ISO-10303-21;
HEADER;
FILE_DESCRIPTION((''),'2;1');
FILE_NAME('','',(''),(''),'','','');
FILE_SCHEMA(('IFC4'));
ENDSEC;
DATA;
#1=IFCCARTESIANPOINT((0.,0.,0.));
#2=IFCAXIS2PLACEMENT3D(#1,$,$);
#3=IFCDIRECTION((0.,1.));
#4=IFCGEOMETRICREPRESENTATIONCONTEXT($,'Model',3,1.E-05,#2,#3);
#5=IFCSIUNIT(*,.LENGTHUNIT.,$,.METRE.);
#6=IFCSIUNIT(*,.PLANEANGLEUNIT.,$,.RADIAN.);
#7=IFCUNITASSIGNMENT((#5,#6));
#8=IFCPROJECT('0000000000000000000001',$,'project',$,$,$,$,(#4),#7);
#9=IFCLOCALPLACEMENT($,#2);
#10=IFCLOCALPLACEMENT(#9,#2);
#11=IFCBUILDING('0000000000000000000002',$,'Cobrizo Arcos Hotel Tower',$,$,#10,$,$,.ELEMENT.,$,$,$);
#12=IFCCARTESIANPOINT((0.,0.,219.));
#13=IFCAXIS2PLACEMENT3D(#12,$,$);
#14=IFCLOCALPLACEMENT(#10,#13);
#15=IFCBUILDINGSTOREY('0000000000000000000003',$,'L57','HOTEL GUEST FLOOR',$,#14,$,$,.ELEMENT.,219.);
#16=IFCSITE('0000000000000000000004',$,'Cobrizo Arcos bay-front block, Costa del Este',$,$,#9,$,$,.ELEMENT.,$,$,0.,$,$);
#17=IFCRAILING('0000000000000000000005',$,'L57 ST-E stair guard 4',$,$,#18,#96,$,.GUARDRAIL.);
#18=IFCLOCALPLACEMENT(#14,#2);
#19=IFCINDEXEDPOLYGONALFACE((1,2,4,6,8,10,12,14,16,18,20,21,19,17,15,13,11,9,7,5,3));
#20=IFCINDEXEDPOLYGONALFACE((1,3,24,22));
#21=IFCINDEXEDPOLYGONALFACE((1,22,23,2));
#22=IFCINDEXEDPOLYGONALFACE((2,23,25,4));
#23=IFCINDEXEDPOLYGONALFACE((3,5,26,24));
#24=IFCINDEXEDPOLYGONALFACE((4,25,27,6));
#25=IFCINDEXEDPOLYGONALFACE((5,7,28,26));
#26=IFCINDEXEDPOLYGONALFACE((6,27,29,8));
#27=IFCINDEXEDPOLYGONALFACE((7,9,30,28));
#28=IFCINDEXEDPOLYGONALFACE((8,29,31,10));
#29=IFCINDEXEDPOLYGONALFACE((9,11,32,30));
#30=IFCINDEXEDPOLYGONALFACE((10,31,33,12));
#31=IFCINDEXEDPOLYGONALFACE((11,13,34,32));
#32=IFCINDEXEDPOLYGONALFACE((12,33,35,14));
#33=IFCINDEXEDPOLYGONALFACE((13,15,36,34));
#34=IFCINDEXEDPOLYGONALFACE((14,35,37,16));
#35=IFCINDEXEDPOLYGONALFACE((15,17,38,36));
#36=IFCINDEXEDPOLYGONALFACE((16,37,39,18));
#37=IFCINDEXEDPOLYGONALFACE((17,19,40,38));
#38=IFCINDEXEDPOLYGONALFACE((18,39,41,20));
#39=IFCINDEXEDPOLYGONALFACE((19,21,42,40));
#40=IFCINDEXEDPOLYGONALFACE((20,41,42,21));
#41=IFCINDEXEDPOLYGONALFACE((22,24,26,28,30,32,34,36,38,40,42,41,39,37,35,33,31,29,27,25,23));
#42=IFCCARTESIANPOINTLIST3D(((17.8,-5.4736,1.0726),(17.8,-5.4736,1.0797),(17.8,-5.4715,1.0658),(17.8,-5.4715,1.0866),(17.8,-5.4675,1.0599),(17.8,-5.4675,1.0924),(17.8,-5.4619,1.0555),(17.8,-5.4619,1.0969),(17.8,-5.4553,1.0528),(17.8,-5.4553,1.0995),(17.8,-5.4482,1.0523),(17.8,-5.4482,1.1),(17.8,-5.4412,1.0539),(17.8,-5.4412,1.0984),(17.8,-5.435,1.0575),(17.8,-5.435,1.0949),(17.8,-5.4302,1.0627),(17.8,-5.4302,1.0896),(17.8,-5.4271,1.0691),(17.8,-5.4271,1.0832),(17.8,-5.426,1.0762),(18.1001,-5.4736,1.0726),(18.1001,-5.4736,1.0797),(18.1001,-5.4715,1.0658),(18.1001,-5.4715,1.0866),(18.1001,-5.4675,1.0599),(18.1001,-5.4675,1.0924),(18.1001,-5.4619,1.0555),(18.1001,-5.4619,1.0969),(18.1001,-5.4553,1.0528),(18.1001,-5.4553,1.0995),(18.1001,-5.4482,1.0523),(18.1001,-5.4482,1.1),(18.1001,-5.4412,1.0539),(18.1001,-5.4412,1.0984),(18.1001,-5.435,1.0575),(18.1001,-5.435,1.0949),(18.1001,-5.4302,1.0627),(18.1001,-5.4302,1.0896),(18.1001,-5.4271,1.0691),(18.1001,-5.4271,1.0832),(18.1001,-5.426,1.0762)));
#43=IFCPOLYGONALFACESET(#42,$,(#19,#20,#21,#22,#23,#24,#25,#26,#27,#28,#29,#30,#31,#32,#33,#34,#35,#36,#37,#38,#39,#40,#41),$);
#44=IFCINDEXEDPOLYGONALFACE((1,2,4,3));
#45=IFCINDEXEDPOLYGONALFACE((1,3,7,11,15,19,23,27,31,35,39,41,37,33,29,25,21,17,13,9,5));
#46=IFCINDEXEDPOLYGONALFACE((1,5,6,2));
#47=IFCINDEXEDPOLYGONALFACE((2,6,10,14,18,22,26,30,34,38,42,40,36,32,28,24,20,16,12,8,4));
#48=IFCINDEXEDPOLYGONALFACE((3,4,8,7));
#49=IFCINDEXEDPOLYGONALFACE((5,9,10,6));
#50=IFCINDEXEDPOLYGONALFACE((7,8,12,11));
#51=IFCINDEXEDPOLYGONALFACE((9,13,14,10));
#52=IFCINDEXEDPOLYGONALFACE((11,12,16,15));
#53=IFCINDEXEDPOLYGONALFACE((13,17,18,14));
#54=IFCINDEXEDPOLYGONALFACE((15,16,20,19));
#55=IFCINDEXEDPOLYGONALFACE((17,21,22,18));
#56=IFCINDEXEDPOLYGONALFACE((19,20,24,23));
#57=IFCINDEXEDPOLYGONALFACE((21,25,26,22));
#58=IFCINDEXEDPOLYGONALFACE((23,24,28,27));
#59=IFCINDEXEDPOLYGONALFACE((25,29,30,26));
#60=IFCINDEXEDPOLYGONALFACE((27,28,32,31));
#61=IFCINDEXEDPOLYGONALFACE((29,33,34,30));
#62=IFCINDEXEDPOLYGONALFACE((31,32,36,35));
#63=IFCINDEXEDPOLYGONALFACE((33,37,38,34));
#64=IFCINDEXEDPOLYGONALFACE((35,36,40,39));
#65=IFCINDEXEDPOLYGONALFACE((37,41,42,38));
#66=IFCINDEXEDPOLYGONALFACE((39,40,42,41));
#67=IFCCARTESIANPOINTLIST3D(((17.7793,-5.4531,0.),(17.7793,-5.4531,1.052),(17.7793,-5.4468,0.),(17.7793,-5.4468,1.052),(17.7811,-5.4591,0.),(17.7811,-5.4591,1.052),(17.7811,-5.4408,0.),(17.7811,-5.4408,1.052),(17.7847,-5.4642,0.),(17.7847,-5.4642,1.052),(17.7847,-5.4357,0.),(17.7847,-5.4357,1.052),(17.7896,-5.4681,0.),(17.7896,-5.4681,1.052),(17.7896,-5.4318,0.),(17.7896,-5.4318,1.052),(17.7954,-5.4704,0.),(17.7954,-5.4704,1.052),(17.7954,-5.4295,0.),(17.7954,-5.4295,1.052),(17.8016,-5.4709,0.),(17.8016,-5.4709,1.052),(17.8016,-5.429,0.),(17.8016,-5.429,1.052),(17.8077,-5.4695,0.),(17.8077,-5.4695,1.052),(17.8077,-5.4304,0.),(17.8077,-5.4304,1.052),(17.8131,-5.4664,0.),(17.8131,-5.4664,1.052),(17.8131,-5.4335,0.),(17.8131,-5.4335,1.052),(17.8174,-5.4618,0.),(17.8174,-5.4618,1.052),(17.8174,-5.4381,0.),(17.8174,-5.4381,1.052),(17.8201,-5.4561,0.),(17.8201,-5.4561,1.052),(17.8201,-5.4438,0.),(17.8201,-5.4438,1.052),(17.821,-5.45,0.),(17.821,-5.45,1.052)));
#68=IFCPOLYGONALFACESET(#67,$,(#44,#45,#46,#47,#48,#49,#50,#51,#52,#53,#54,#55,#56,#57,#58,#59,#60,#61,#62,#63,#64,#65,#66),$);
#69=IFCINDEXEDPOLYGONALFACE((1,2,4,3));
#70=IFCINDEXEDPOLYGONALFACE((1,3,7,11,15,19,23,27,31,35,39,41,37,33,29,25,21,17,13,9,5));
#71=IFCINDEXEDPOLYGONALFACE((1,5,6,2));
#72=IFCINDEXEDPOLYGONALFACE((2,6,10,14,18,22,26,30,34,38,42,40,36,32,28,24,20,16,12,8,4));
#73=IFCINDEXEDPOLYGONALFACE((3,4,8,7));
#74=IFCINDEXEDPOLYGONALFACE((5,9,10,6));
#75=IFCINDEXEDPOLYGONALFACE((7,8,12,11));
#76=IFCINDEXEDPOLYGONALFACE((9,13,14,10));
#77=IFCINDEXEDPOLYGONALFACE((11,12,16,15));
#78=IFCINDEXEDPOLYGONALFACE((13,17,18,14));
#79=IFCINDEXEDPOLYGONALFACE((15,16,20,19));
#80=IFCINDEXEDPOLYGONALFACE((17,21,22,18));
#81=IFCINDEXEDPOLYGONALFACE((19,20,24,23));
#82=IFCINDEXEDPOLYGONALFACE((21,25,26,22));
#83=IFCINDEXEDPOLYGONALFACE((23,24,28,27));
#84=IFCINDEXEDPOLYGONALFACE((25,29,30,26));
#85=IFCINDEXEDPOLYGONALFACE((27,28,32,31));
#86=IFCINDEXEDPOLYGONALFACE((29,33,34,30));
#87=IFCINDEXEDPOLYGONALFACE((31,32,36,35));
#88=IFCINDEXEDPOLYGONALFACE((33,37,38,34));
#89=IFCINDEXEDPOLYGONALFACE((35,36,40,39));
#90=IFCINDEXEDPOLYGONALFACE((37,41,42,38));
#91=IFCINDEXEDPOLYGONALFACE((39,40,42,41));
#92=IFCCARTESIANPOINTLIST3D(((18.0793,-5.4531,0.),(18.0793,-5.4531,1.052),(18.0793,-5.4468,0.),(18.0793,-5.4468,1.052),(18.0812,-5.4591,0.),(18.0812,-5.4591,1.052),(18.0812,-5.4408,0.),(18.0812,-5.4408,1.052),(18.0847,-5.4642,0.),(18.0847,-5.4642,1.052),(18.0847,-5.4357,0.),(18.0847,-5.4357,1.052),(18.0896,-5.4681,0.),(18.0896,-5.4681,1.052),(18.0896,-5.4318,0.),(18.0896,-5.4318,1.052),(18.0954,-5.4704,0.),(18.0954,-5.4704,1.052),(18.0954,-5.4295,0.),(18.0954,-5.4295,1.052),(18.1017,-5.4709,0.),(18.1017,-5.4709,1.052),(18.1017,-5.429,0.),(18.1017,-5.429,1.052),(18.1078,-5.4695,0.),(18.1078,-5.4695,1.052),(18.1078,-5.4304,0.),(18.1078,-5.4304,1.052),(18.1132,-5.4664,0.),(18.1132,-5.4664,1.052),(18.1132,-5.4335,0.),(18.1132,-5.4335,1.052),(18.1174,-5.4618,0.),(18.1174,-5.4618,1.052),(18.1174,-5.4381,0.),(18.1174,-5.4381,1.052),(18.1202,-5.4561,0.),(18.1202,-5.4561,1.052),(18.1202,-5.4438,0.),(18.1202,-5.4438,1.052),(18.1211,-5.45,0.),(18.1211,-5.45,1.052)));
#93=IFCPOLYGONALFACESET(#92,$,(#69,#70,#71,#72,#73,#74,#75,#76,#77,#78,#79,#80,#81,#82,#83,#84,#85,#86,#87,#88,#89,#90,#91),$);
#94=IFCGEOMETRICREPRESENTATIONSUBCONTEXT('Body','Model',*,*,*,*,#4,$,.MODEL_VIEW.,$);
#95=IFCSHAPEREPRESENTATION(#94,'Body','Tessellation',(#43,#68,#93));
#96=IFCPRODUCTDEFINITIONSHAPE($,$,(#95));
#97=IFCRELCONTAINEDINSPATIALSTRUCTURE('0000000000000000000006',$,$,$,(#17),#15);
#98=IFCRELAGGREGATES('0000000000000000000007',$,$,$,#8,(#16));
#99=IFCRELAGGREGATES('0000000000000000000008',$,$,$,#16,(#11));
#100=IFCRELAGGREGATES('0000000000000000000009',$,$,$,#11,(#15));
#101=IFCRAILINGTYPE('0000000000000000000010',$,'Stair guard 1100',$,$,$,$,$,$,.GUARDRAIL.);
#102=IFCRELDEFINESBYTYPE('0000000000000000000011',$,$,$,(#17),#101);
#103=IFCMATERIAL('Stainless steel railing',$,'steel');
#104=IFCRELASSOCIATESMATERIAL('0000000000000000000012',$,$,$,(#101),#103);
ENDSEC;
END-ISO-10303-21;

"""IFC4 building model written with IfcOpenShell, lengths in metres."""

from ifc_helpers import new_model, si_unit, direction, frame, origin, origin_2d, place, context, subcontext, project, spatial, circle, extrude, material, type_object, element, save


model = new_model("IFC4")

# Units and contexts
model_context = context("Model", 3, precision=1e-05, world=origin(), true_north=direction((0.0, 1.0)))
body_context = subcontext(model_context, "Body", "Model", "MODEL_VIEW")
ifc_project = project(units=[si_unit("LENGTHUNIT", "METRE"), si_unit("PLANEANGLEUNIT", "RADIAN")], contexts=[model_context])

# Site, building, storey
site_placement = place(None, origin())
site = spatial("IfcSite", under=ifc_project, at=site_placement, Name="Cobrizo Arcos bay-front block, Costa del Este", CompositionType="ELEMENT", RefElevation=0.0)
building_placement = place(site_placement, origin())
building = spatial("IfcBuilding", under=site, at=building_placement, Name="Cobrizo Arcos Hotel Tower", CompositionType="ELEMENT")
storey_placement = place(building_placement, frame((0.0, 0.0, 219.0)))
storey = spatial("IfcBuildingStorey", under=building, at=storey_placement, Name="L57", Description="HOTEL GUEST FLOOR", CompositionType="ELEMENT", Elevation=219.0)

# Railing
ifc_material_1 = material(Name="Stainless steel railing", Category="steel")
railing_type_1 = type_object("IfcRailingType", Name="Stair guard 1100", PredefinedType="GUARDRAIL", material=ifc_material_1)
railing_1_placement = place(storey_placement, frame((17.8, -5.45, 0.0)))
element("IfcRailing", 1, at=railing_1_placement, inside=storey, type_object=railing_type_1, Name="L57 ST-E stair guard 4", PredefinedType="GUARDRAIL", context=body_context, shape_type="SweptSolid", body=[
    extrude(circle(Radius=0.0239, at=origin_2d()), frame((0.0, 0.0, 1.0762), z_axis=(1.0, 0.0, 0.0), x_axis=(0.0, 1.0, 0.0)), (0.0, 0.0, 1.0), 0.3),
    extrude(circle(Radius=0.021, at=origin_2d()), origin(), (0.0, 0.0, 1.0), 1.052),
    extrude(circle(Radius=0.021, at=origin_2d()), frame((0.3, 0.0, 0.0)), (0.0, 0.0, 1.0), 1.052),
])

save(model, "model.ifc")
